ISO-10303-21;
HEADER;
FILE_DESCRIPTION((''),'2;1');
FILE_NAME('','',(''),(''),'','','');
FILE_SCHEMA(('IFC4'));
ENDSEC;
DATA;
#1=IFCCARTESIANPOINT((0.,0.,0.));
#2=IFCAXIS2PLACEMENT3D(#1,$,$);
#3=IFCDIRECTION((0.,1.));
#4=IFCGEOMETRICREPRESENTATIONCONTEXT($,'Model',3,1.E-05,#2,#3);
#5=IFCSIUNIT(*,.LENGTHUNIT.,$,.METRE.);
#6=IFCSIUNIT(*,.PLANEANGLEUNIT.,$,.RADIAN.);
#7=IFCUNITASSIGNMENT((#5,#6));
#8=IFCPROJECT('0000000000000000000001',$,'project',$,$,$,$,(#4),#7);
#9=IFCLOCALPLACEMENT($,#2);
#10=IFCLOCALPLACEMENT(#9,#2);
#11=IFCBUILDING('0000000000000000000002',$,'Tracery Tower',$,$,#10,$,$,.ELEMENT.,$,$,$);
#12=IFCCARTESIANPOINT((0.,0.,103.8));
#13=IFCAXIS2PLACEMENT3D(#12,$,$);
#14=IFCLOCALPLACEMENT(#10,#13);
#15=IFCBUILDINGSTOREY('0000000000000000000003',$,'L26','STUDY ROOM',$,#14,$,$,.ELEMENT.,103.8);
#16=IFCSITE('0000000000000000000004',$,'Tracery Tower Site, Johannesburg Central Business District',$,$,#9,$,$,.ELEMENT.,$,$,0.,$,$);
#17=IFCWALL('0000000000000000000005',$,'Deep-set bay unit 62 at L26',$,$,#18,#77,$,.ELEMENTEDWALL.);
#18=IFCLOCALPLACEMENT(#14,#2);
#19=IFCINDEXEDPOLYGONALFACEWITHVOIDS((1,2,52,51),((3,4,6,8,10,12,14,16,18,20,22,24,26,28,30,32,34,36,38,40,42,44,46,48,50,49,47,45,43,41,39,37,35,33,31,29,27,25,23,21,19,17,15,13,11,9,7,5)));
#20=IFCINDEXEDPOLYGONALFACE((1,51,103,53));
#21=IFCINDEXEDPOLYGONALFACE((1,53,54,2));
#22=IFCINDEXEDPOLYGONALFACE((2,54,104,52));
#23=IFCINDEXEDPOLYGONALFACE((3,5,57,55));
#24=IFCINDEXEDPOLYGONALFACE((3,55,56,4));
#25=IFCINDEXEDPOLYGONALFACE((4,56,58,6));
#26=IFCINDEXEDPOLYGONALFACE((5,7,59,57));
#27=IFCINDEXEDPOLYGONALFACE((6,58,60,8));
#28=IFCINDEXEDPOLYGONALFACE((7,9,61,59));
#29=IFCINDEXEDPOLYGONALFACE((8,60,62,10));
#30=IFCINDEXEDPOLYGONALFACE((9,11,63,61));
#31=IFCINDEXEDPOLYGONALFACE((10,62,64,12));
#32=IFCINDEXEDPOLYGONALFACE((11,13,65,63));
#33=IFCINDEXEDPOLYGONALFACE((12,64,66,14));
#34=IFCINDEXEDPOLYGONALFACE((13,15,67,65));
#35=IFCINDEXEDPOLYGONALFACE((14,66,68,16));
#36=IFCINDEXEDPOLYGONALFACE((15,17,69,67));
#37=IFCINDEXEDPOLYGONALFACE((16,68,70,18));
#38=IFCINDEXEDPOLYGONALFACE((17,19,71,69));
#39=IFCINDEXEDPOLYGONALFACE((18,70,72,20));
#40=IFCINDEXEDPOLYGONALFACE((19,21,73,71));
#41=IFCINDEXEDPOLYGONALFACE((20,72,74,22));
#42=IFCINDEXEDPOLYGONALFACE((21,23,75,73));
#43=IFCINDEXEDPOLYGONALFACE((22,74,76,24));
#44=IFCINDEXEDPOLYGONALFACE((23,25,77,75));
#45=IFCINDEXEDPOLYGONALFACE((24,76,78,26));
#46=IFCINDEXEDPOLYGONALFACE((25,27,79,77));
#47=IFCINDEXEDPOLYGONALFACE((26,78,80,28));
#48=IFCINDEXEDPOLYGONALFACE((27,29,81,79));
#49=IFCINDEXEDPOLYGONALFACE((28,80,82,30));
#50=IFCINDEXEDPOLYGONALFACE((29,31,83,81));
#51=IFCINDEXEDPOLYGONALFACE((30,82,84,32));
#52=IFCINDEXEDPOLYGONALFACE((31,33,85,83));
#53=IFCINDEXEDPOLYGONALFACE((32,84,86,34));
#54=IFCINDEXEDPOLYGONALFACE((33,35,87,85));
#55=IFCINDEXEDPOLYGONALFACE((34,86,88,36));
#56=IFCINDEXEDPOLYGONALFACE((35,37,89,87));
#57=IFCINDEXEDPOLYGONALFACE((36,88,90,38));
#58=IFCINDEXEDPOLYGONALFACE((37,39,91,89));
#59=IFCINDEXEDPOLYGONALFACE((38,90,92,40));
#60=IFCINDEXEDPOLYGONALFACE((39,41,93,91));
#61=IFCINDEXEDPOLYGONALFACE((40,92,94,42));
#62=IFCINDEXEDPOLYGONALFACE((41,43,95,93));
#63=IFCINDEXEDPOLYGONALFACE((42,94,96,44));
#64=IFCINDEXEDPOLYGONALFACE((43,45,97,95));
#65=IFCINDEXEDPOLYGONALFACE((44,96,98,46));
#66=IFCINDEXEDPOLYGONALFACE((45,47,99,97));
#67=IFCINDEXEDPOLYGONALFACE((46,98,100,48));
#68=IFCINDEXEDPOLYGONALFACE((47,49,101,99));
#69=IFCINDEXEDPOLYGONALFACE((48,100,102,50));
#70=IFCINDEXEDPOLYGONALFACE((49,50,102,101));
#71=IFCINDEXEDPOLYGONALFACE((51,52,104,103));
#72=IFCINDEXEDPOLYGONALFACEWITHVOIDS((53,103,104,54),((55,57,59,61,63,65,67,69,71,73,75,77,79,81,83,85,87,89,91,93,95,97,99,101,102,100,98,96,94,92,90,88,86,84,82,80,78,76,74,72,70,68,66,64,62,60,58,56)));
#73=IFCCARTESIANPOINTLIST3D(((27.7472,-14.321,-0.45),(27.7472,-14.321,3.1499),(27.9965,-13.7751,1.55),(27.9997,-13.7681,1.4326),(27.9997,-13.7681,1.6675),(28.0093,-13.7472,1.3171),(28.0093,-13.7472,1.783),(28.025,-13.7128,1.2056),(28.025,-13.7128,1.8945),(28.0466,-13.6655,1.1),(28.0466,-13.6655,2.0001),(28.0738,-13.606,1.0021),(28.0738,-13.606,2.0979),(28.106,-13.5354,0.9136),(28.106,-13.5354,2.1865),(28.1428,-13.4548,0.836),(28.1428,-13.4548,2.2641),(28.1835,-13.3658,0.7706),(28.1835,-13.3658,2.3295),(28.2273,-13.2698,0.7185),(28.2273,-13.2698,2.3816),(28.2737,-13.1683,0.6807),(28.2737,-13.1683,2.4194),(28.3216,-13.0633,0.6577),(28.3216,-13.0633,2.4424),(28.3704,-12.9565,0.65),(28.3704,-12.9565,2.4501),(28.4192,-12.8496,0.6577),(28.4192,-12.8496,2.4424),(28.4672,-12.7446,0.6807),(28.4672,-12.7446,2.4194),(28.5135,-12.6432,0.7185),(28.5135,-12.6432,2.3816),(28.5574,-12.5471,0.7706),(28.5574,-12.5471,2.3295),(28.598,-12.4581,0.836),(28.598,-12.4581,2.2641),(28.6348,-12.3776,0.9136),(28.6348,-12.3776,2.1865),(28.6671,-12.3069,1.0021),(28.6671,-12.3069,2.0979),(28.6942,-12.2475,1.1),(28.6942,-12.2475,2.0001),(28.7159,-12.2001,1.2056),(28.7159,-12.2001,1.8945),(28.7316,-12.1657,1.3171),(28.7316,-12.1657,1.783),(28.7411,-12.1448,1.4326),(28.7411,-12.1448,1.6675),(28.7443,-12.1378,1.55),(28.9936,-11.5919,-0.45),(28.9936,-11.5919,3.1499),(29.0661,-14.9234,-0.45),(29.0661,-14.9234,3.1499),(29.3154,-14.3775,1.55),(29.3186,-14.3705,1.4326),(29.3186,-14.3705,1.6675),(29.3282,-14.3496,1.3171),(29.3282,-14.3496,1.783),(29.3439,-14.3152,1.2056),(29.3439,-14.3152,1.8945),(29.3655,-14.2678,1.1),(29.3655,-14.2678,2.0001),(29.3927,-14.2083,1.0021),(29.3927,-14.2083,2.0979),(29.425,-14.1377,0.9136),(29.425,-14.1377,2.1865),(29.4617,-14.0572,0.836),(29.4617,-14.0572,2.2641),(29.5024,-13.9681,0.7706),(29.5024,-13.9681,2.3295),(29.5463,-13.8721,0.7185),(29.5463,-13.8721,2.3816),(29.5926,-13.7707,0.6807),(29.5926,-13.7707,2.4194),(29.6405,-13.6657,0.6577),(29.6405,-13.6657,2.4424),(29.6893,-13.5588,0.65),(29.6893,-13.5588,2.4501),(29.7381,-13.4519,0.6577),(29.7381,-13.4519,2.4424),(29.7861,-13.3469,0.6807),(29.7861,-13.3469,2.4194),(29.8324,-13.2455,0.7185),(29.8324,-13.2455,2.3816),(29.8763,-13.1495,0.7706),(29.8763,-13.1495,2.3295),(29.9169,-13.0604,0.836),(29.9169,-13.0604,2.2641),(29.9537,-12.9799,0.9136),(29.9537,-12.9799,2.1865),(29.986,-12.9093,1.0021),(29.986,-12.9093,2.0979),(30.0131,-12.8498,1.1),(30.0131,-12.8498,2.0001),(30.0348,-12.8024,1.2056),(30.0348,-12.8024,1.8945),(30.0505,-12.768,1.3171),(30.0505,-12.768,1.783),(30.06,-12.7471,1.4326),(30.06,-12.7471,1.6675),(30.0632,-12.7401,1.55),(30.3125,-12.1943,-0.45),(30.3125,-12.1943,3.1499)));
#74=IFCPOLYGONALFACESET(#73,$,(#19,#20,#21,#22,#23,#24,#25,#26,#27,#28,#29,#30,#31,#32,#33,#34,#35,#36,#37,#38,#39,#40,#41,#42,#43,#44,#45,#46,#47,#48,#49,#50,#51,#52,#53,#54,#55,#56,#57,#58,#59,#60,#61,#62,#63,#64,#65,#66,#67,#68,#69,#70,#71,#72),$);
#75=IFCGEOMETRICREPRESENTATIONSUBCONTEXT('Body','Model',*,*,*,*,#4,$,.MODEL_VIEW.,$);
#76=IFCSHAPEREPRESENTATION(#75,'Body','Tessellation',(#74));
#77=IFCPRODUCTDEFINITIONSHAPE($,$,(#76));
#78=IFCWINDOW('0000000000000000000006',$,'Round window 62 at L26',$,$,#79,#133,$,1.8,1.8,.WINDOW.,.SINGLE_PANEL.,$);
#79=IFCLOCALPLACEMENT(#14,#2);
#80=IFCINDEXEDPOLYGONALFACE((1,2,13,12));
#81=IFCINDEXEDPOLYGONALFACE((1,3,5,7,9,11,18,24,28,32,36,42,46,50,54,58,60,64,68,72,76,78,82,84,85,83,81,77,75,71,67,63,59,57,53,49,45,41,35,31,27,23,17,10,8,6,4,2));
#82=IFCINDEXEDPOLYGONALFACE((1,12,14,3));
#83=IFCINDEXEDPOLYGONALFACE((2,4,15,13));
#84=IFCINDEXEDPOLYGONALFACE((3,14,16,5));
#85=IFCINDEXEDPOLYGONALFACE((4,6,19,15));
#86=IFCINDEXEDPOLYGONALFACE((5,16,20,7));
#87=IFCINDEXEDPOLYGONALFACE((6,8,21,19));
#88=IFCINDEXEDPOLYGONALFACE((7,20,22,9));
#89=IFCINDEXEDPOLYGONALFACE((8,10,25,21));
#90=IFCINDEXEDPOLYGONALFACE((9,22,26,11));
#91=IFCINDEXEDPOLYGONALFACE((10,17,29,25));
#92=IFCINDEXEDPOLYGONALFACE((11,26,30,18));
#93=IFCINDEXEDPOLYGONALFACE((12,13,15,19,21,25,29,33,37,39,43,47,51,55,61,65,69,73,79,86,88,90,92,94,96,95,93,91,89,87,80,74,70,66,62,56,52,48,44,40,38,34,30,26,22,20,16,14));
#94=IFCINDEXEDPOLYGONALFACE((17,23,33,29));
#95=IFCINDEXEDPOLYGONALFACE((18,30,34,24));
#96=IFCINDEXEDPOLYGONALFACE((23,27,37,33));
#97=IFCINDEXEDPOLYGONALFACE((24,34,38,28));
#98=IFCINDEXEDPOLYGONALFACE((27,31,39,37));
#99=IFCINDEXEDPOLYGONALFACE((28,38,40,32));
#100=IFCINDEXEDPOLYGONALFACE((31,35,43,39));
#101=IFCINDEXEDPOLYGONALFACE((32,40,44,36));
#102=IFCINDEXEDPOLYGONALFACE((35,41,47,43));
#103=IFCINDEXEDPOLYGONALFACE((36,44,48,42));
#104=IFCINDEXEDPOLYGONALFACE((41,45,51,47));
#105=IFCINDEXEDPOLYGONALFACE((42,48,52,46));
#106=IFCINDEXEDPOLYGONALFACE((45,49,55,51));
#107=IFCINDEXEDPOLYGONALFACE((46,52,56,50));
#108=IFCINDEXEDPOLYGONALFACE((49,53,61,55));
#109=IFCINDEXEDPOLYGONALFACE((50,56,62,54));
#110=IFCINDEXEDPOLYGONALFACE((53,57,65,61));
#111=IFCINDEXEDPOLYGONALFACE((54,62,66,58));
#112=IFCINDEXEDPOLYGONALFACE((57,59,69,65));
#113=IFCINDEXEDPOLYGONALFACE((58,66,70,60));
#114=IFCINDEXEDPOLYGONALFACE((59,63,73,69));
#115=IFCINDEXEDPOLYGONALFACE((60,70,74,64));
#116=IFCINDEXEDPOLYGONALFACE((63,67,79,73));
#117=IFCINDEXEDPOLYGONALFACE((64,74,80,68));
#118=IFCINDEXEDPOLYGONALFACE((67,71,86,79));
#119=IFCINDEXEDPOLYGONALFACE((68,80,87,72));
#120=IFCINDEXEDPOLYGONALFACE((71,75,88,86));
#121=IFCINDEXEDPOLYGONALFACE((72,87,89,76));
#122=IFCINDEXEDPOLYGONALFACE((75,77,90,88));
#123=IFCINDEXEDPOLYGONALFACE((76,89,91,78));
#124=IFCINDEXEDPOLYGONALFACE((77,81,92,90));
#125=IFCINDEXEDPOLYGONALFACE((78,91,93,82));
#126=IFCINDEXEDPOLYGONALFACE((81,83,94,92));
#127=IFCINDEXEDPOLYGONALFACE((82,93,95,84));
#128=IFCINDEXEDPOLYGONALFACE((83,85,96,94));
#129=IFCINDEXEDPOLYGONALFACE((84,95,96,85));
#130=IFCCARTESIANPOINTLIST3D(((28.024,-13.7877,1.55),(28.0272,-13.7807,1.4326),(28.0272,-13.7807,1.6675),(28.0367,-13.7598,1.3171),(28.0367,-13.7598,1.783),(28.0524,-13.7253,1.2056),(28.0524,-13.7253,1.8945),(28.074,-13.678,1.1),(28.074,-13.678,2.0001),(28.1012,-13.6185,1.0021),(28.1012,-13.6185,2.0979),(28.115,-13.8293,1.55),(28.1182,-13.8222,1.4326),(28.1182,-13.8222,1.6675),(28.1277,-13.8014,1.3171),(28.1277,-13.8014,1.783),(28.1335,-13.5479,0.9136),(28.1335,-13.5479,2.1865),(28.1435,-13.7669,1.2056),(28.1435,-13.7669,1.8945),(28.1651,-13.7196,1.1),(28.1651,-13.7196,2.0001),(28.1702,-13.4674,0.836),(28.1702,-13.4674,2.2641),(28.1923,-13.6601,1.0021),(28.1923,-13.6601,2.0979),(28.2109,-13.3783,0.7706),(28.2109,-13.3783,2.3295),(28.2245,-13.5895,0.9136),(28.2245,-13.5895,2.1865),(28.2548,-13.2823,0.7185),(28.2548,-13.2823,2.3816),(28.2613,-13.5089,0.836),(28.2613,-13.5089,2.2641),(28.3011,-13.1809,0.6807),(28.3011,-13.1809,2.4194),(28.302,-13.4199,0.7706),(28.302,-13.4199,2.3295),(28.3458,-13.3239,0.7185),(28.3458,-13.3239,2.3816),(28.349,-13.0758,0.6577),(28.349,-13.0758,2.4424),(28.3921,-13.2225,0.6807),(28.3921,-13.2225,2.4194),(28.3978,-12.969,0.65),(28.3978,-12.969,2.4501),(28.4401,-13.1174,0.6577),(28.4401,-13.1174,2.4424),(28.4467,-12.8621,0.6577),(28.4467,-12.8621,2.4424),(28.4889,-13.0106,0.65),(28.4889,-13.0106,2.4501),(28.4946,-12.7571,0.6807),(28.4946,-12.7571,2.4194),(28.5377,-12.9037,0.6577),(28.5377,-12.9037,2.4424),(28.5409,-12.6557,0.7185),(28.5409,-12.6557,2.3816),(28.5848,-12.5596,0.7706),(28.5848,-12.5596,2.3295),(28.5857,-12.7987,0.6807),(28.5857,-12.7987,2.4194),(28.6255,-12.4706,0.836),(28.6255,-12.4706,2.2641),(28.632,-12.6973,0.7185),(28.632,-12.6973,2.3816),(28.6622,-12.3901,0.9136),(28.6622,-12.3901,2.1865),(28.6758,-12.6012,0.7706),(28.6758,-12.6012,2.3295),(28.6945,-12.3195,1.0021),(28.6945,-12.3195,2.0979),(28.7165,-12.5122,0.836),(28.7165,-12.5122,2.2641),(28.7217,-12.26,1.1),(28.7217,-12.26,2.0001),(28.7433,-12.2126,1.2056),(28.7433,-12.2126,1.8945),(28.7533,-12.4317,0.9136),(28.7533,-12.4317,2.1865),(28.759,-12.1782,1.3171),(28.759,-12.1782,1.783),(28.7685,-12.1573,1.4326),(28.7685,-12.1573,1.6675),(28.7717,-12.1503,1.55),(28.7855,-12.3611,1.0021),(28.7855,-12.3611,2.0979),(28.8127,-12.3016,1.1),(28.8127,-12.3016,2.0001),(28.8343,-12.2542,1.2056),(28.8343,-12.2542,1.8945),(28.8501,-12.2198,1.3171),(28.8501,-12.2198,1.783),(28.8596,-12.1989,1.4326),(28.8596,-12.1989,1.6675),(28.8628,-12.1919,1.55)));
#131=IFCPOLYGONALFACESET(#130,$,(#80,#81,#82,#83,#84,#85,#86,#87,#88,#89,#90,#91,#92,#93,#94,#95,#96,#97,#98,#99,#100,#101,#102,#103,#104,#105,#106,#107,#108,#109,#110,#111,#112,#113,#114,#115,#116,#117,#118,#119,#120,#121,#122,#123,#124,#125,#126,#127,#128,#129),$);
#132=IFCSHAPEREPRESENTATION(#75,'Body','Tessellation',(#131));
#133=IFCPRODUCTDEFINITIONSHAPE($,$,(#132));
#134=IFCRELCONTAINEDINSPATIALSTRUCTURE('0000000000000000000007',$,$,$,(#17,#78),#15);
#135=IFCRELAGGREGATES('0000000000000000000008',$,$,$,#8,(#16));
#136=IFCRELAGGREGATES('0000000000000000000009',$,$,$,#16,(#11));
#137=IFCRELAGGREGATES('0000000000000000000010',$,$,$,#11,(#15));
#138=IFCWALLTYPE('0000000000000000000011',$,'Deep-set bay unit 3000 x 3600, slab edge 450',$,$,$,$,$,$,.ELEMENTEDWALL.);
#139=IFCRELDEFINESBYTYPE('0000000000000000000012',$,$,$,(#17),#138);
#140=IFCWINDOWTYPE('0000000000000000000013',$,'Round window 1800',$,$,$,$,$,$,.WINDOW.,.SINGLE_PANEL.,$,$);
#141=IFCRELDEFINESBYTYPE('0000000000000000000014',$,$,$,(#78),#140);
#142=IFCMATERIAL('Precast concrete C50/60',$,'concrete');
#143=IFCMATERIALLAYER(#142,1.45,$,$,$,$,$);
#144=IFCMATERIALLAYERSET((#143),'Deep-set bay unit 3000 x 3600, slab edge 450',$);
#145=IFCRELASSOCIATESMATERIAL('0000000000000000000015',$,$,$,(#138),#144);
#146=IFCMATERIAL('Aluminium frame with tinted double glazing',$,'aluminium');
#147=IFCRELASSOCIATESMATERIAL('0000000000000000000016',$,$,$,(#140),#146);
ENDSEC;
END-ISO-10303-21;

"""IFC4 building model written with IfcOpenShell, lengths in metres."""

from ifc_helpers import new_model, si_unit, direction, frame, frame_2d, origin, origin_2d, place, context, subcontext, project, spatial, rectangle, circle, extrude, material, layer, layer_set, type_object, element, fill, save


model = new_model("IFC4")

# Units and contexts
model_context = context("Model", 3, precision=1e-05, world=origin(), true_north=direction((0.0, 1.0)))
body_context = subcontext(model_context, "Body", "Model", "MODEL_VIEW")
ifc_project = project(units=[si_unit("LENGTHUNIT", "METRE"), si_unit("PLANEANGLEUNIT", "RADIAN")], contexts=[model_context])

# Site, building, storey
site_placement = place(None, origin())
site = spatial("IfcSite", under=ifc_project, at=site_placement, Name="Tracery Tower Site, Johannesburg Central Business District", CompositionType="ELEMENT", RefElevation=0.0)
building_placement = place(site_placement, origin())
building = spatial("IfcBuilding", under=site, at=building_placement, Name="Tracery Tower", CompositionType="ELEMENT")
storey_placement = place(building_placement, frame((0.0, 0.0, 103.8)))
storey = spatial("IfcBuildingStorey", under=building, at=storey_placement, Name="L26", Description="STUDY ROOM", CompositionType="ELEMENT", Elevation=103.8)

# Wall, opening, window
ifc_material_1 = material(Name="Precast concrete C50/60", Category="concrete")
ifc_layer_1 = layer(ifc_material_1, 1.45)
ifc_layer_set_1 = layer_set([ifc_layer_1], Name="Deep-set bay unit 3000 x 3600, slab edge 450")
wall_type_1 = type_object("IfcWallType", Name="Deep-set bay unit 3000 x 3600, slab edge 450", PredefinedType="ELEMENTEDWALL", material=ifc_layer_set_1)
wall_1_placement = place(storey_placement, frame((28.4067, -14.6221, -0.45), z_axis=(0.0, 0.0, 1.0), x_axis=(0.415427, 0.909627, 0.0)))
wall_1 = element("IfcWall", 1, at=wall_1_placement, inside=storey, type_object=wall_type_1, Name="Deep-set bay unit 62 at L26", PredefinedType="ELEMENTEDWALL", context=body_context, shape_type="SweptSolid", body=[
    extrude(rectangle(XDim=3.0002, YDim=1.45, at=frame_2d((1.5, 0.0))), origin(), (0.0, 0.0, 1.0), 3.5999),
])
opening_1_placement = place(wall_1_placement, frame((1.5, 0.0, 2.0)))
opening_1 = element("IfcOpeningElement", 2, at=opening_1_placement, cuts=wall_1, PredefinedType="OPENING", context=body_context, shape_type="SweptSolid", body=[
    extrude(circle(Radius=0.9, at=origin_2d()), frame((0.0, 0.7349, 0.0), z_axis=(0.0, -1.0, 0.0), x_axis=(1.0, 0.0, 0.0)), (0.0, 0.0, 1.0), 1.47),
])
ifc_material_2 = material(Name="Aluminium frame with tinted double glazing", Category="aluminium")
window_type = type_object("IfcWindowType", Name="Round window 1800", PartitioningType="SINGLE_PANEL", PredefinedType="WINDOW", material=ifc_material_2)
window_1_placement = place(opening_1_placement, origin())
window_1 = element("IfcWindow", 3, at=window_1_placement, inside=storey, type_object=window_type, Name="Round window 62 at L26", OverallHeight=1.8, OverallWidth=1.8, PartitioningType="SINGLE_PANEL", PredefinedType="WINDOW", context=body_context, shape_type="SweptSolid", body=[
    extrude(circle(Radius=0.9, at=origin_2d()), frame((0.0, 0.6948, 0.0), z_axis=(0.0, -1.0, 0.0), x_axis=(1.0, 0.0, 0.0)), (0.0, 0.0, 1.0), 0.1001),
])
fill(opening_1, window_1)

save(model, "model.ifc")
